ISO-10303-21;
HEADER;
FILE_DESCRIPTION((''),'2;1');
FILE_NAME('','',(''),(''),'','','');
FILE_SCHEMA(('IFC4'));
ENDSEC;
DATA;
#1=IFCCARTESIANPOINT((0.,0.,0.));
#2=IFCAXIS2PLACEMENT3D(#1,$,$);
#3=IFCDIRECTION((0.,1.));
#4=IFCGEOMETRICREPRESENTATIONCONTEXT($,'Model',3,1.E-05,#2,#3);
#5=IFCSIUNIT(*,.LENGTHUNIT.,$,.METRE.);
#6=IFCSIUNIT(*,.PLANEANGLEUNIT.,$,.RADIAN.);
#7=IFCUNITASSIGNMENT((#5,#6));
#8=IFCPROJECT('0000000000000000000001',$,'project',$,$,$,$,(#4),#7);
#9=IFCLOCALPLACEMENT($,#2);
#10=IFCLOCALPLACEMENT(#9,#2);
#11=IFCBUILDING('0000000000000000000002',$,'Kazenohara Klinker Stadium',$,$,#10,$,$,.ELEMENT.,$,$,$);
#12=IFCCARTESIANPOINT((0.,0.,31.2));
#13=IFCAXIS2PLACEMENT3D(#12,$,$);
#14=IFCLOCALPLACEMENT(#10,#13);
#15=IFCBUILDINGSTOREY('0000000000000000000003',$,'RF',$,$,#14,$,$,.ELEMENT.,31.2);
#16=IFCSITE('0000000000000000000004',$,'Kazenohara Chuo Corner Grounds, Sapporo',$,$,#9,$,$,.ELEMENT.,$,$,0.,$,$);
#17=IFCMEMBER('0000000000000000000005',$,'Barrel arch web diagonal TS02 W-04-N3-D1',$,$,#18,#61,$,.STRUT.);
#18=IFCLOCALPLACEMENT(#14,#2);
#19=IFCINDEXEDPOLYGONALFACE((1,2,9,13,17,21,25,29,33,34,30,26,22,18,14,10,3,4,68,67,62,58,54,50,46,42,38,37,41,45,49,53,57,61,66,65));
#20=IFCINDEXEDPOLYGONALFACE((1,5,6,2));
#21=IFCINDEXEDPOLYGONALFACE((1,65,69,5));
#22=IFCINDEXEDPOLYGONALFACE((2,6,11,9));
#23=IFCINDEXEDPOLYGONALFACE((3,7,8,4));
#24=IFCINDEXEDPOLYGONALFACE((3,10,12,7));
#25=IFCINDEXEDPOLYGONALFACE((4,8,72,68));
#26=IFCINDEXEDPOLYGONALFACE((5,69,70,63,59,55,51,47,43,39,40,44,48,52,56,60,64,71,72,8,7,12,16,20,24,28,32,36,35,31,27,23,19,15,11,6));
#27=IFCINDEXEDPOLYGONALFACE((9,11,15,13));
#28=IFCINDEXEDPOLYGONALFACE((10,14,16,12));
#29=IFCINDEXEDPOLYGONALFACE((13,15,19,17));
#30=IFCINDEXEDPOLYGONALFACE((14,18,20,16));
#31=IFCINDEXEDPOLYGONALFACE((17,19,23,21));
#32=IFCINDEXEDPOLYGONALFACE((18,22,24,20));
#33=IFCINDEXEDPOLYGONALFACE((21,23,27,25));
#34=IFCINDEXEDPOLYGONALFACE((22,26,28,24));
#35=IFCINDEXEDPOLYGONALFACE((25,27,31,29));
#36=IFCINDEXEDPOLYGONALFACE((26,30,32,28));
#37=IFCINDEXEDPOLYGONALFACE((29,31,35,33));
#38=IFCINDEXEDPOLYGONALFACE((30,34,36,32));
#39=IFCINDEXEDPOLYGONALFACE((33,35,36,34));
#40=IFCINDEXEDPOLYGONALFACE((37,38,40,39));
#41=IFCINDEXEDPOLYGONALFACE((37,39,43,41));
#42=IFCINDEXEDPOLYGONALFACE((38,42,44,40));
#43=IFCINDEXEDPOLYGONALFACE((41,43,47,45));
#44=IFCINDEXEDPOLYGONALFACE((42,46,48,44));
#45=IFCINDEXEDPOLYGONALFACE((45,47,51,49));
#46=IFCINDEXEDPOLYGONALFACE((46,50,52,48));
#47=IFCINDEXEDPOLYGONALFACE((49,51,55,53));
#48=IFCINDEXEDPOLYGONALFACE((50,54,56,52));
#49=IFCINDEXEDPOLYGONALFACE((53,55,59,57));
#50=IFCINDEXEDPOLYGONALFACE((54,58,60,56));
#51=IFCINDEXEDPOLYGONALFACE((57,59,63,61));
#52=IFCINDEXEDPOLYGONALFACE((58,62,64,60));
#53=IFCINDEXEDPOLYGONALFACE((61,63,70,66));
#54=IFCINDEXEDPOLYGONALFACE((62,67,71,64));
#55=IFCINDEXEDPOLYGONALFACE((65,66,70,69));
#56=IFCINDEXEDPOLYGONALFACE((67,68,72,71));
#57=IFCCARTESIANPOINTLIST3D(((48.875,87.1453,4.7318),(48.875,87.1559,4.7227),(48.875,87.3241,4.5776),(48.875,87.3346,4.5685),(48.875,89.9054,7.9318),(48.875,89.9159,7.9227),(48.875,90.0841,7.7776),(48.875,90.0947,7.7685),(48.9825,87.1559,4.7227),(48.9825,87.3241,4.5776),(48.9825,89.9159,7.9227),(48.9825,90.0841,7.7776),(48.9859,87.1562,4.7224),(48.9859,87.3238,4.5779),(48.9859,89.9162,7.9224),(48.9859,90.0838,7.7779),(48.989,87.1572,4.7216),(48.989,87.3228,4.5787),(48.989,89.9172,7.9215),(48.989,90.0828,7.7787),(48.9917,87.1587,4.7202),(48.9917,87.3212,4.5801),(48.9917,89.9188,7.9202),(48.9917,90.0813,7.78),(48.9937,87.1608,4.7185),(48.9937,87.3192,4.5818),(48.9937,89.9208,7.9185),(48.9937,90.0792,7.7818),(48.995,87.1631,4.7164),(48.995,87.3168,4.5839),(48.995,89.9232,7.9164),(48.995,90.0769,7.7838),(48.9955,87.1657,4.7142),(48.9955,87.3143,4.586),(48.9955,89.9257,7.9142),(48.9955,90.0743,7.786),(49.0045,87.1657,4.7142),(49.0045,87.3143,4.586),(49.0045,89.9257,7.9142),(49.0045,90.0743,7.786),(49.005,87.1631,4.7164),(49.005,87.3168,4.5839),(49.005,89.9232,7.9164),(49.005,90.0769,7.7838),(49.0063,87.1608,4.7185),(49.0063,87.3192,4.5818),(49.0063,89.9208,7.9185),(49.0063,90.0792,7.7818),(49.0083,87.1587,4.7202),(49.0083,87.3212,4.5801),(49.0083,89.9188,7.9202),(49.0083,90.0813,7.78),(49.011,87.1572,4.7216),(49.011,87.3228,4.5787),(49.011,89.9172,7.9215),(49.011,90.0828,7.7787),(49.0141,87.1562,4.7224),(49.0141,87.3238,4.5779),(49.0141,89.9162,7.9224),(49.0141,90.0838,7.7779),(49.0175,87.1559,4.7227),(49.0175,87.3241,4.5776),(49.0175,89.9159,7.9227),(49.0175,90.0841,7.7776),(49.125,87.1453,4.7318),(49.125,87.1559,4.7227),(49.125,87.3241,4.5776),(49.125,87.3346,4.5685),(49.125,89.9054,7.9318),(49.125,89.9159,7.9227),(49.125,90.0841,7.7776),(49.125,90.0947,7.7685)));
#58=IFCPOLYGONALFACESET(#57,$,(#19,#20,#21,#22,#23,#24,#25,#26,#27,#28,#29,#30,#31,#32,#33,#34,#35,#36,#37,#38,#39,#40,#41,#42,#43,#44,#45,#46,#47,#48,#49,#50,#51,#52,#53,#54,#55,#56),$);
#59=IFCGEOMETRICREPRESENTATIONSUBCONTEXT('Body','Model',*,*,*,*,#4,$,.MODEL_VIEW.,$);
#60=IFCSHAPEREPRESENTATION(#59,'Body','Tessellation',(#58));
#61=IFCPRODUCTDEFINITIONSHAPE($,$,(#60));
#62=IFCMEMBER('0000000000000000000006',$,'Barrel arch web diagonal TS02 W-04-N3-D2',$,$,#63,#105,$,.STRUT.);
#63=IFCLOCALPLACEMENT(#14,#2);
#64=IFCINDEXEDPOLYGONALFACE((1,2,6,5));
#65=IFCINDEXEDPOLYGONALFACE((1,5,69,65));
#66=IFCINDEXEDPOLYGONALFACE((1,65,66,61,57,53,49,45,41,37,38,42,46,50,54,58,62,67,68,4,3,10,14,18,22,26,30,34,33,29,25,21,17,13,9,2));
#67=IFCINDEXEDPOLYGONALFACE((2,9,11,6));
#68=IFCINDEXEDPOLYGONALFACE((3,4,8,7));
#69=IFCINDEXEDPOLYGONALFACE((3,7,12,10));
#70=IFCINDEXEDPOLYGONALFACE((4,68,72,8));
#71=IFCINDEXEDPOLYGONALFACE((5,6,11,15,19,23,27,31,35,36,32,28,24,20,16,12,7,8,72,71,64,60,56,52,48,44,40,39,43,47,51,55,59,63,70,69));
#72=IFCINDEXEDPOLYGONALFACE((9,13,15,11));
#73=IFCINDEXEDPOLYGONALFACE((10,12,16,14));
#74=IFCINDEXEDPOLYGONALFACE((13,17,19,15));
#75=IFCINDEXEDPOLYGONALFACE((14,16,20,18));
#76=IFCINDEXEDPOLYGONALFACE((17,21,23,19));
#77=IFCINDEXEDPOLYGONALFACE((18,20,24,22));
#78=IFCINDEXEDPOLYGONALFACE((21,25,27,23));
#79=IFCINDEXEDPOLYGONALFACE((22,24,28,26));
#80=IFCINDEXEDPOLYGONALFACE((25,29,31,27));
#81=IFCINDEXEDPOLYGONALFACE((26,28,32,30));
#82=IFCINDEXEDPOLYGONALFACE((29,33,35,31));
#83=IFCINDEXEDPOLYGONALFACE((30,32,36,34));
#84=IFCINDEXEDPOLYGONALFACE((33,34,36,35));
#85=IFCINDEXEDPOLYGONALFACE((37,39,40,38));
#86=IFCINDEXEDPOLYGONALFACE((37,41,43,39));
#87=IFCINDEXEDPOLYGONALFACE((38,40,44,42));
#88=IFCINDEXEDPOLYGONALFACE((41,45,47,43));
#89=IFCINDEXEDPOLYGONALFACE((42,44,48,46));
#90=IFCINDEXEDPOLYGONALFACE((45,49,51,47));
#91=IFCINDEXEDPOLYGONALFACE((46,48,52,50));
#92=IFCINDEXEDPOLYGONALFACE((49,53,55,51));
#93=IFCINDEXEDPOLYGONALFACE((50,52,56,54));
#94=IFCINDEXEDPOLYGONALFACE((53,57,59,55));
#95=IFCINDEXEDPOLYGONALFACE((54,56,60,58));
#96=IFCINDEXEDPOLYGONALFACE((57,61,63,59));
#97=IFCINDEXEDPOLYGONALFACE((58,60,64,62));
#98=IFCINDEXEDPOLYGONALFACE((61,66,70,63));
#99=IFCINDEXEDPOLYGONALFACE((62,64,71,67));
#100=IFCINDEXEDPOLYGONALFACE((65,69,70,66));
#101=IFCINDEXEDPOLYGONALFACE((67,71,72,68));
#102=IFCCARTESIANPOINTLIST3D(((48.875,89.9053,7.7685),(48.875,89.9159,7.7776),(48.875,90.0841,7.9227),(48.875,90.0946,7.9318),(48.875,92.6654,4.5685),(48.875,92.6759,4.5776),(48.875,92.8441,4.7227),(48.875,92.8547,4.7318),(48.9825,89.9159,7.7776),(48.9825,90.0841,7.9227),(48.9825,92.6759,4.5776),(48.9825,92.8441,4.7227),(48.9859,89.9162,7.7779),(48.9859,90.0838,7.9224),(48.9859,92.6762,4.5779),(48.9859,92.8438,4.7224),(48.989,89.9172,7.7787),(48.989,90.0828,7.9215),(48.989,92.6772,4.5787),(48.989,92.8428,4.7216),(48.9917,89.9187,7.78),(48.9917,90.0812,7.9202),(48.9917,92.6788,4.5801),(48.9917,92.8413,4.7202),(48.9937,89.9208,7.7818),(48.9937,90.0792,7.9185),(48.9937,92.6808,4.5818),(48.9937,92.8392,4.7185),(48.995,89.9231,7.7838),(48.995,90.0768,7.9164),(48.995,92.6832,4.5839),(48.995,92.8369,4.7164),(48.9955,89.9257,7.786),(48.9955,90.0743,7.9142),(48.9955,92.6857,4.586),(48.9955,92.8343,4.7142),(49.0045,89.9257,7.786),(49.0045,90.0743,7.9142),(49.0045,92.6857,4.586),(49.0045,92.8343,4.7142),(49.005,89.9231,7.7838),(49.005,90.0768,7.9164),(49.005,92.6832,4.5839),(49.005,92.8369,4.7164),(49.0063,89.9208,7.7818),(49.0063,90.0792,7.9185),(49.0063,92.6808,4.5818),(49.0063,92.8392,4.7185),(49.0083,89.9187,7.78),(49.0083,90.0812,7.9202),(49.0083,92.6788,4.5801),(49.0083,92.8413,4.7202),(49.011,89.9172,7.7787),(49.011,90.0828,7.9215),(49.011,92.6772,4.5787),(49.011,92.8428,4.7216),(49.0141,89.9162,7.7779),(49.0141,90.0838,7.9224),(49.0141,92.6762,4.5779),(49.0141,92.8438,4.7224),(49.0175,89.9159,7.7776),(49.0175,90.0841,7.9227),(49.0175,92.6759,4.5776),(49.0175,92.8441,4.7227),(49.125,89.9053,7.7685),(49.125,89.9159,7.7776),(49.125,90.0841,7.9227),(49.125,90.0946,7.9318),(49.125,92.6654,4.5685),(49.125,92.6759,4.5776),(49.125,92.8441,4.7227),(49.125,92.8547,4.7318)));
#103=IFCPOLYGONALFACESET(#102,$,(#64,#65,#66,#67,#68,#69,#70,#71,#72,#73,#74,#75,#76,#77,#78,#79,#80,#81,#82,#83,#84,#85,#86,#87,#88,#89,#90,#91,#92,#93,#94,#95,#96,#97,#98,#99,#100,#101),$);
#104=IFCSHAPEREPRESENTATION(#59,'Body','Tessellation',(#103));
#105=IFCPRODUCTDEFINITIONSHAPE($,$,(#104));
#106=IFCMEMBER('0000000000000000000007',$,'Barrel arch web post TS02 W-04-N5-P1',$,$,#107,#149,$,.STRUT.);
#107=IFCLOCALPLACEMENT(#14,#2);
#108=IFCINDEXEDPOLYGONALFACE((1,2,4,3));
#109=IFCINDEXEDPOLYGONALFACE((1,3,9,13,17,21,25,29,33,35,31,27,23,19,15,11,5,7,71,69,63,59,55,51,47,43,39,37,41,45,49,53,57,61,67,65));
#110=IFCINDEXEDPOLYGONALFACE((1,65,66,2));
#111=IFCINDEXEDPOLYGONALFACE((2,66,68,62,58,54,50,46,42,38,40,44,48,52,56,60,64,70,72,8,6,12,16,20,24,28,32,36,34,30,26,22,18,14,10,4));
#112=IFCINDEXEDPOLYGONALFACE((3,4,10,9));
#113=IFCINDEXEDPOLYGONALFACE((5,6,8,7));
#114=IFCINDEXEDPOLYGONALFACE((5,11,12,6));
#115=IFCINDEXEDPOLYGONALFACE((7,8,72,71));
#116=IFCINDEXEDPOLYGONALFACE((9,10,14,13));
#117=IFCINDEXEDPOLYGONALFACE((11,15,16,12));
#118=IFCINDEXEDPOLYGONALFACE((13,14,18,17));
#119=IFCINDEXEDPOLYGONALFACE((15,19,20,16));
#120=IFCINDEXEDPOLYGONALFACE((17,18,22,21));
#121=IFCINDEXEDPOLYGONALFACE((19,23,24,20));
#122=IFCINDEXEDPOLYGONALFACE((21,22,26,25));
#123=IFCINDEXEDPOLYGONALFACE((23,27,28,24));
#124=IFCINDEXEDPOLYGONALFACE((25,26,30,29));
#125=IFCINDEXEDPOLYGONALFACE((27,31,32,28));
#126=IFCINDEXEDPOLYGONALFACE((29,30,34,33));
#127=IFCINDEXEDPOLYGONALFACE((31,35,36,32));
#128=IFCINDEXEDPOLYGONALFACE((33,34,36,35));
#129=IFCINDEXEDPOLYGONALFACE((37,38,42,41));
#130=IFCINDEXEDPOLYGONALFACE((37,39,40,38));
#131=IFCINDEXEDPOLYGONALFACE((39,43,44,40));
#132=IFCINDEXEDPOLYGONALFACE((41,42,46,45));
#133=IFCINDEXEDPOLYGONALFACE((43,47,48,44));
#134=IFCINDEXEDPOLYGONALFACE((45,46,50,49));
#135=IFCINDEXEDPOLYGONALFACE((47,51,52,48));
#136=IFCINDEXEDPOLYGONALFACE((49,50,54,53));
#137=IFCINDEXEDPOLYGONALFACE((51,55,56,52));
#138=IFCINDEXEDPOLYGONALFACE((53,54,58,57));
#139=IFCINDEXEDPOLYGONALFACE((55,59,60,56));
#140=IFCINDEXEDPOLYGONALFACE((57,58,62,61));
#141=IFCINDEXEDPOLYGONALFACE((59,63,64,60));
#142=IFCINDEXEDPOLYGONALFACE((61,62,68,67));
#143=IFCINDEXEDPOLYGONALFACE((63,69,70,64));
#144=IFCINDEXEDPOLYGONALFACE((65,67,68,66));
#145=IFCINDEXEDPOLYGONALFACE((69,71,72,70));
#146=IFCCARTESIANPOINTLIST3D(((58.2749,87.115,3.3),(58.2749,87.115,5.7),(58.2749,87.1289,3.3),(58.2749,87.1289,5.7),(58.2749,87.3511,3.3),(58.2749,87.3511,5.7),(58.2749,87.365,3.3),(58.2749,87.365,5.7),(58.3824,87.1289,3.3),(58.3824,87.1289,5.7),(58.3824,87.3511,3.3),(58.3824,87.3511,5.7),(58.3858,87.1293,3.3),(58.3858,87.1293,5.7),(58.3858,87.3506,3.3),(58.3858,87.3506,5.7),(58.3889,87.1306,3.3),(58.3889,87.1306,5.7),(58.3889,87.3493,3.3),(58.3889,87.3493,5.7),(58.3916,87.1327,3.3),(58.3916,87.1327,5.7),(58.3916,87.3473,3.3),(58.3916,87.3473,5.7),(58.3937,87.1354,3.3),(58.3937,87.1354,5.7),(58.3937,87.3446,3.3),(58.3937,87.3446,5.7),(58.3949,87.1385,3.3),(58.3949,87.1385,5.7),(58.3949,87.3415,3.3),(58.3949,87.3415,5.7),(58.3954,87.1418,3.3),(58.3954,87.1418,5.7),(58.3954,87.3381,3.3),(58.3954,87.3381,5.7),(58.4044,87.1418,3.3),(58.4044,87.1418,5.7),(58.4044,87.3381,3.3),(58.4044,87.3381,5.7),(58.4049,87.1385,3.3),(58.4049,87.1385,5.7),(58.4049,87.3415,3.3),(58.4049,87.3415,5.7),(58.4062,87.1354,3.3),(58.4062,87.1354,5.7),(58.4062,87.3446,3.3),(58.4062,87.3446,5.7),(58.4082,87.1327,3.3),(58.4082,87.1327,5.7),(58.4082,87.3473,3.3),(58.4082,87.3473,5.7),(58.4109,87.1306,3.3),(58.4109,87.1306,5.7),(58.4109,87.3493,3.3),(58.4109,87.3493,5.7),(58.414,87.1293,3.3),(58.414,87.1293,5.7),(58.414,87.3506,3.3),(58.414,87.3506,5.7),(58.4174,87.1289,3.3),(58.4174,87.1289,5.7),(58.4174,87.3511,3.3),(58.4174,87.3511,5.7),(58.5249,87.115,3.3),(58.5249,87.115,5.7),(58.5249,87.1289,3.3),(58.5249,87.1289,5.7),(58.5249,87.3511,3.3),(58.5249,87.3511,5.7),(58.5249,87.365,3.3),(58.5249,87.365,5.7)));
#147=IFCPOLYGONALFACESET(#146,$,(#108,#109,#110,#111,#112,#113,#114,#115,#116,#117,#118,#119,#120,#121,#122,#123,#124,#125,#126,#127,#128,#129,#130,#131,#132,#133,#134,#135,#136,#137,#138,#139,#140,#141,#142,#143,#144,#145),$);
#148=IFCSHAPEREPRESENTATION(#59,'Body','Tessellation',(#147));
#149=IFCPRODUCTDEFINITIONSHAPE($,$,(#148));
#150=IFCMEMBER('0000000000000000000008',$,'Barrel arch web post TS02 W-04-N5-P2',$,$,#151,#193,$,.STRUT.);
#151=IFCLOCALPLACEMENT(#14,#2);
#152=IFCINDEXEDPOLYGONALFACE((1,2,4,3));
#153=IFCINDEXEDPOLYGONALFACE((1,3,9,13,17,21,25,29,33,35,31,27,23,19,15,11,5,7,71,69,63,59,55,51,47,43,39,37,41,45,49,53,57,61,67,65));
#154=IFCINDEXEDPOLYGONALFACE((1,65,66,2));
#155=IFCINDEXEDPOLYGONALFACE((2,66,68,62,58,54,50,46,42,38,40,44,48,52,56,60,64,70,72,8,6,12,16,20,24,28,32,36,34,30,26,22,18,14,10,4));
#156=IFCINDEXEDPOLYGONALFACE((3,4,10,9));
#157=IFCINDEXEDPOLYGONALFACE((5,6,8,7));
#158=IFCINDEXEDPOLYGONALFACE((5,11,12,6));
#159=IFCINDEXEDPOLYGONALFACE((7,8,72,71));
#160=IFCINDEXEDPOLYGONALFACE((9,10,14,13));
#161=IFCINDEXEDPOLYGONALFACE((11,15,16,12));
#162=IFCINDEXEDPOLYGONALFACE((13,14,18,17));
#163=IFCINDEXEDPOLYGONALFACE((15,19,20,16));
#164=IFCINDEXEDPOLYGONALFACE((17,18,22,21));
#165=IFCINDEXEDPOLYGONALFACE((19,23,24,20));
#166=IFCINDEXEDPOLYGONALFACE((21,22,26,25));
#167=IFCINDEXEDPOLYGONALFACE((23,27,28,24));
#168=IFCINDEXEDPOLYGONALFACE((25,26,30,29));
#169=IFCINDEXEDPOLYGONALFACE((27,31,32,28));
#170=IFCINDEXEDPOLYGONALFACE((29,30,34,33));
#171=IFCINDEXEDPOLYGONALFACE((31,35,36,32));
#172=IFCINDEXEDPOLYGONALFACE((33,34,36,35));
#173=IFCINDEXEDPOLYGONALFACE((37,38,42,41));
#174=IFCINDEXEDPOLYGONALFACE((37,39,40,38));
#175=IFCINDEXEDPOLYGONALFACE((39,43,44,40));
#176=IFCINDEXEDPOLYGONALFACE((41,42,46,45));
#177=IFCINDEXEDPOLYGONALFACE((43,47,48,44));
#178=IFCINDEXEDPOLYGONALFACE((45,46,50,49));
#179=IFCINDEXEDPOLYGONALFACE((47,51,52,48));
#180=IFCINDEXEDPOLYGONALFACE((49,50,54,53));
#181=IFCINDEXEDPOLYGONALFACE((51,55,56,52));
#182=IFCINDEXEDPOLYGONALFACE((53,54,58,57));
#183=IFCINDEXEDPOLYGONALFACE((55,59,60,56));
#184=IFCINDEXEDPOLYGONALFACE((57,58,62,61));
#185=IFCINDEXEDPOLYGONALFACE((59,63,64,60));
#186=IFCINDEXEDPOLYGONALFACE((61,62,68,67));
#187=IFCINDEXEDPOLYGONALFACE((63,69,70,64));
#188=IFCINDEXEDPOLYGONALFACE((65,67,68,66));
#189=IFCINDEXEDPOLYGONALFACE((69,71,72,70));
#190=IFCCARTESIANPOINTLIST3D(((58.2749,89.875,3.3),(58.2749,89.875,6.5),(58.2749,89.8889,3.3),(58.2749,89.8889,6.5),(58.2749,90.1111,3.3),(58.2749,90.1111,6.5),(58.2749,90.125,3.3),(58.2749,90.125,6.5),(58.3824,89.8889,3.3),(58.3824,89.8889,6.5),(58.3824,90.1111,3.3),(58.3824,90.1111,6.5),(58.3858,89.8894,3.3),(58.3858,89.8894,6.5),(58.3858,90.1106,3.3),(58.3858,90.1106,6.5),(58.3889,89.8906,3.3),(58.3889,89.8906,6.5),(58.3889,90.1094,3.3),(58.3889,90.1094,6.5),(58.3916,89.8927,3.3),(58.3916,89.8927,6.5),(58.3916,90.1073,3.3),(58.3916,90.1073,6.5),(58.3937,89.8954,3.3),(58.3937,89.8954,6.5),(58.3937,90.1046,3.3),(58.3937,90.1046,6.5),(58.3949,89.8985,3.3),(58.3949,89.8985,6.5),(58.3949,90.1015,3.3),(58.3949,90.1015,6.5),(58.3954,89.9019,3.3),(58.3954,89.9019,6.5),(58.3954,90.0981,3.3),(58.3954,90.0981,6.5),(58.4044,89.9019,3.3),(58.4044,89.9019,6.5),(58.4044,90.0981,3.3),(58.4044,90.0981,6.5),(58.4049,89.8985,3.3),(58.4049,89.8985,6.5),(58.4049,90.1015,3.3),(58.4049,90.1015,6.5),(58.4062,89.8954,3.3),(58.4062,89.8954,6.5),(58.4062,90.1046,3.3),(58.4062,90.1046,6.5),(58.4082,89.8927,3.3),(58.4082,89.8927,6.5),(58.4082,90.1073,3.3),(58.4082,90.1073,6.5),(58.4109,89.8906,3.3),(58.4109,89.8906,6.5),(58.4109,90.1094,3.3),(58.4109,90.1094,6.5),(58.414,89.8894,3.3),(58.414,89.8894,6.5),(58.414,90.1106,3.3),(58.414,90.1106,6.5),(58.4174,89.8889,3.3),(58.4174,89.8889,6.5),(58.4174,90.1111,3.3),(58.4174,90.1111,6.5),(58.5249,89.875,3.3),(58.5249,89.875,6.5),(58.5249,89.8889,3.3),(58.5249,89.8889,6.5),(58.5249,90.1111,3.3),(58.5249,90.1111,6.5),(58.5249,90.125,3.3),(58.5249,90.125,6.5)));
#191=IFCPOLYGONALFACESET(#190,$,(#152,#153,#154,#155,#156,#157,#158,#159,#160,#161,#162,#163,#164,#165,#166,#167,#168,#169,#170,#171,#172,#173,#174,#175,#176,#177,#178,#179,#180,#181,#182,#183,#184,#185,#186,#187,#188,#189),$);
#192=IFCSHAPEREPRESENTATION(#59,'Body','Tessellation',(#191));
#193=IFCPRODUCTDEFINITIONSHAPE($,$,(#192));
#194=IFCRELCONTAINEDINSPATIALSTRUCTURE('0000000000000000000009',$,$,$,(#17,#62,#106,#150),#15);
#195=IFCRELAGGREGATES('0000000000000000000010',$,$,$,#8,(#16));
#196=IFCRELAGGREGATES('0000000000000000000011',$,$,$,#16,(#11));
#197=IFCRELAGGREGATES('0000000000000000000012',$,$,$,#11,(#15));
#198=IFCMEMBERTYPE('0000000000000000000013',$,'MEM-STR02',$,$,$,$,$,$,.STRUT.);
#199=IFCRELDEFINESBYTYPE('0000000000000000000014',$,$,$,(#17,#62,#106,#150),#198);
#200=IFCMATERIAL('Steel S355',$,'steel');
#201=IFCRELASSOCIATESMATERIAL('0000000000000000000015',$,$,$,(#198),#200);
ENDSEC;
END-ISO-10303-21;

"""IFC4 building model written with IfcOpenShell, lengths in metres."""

from ifc_helpers import new_model, si_unit, direction, frame, origin, origin_2d, place, context, subcontext, project, spatial, i_section, extrude, material, material_profile, profile_set, type_object, element, save


model = new_model("IFC4")

# Units and contexts
model_context = context("Model", 3, precision=1e-05, world=origin(), true_north=direction((0.0, 1.0)))
body_context = subcontext(model_context, "Body", "Model", "MODEL_VIEW")
ifc_project = project(units=[si_unit("LENGTHUNIT", "METRE"), si_unit("PLANEANGLEUNIT", "RADIAN")], contexts=[model_context])

# Site, building, storey
site_placement = place(None, origin())
site = spatial("IfcSite", under=ifc_project, at=site_placement, Name="Kazenohara Chuo Corner Grounds, Sapporo", CompositionType="ELEMENT", RefElevation=0.0)
building_placement = place(site_placement, origin())
building = spatial("IfcBuilding", under=site, at=building_placement, Name="Kazenohara Klinker Stadium", CompositionType="ELEMENT")
storey_placement = place(building_placement, frame((0.0, 0.0, 31.2)))
storey = spatial("IfcBuildingStorey", under=building, at=storey_placement, Name="RF", CompositionType="ELEMENT", Elevation=31.2)

# Members
ifc_material_1 = material(Name="Steel S355", Category="steel")
ifc_material_profile_1 = material_profile(ifc_material_1, i_section(OverallWidth=0.25, OverallDepth=0.25, WebThickness=0.009, FlangeThickness=0.0139, FilletRadius=0.0129, at=origin_2d()), Name="H-250x250x9x14")
ifc_profile_set_1 = profile_set([ifc_material_profile_1], Name="Steel S355")
member_type_1 = type_object("IfcMemberType", Name="MEM-STR02", PredefinedType="STRUT", material=ifc_profile_set_1)
for number, where, z_axis, x_axis, name in (
    (1, (49.0, 87.24, 4.6501), (0.0, 0.653134, 0.757242), (-1.0, 0.0, 0.0), "Barrel arch web diagonal TS02 W-04-N3-D1"),
    (2, (49.0, 92.76, 4.6501), (0.0, -0.653134, 0.757242), (1.0, 0.0, 0.0), "Barrel arch web diagonal TS02 W-04-N3-D2"),
):
    element("IfcMember", number, at=place(storey_placement, frame(where, z_axis=z_axis, x_axis=x_axis)), inside=storey, type_object=member_type_1, Name=name, PredefinedType="STRUT", context=body_context, shape_type="SweptSolid", body=[
        extrude(i_section(OverallWidth=0.25, OverallDepth=0.25, WebThickness=0.009, FlangeThickness=0.0139, FilletRadius=0.0129, at=origin_2d()), origin(), (0.0, 0.0, 1.0), 4.2258),
    ])
member_1_placement = place(storey_placement, frame((58.3999, 87.24, 3.3), z_axis=(0.0, 0.0, 1.0), x_axis=(1.0, 0.0, 0.0)))
element("IfcMember", 3, at=member_1_placement, inside=storey, type_object=member_type_1, Name="Barrel arch web post TS02 W-04-N5-P1", PredefinedType="STRUT", context=body_context, shape_type="SweptSolid", body=[
    extrude(i_section(OverallWidth=0.25, OverallDepth=0.25, WebThickness=0.009, FlangeThickness=0.0139, FilletRadius=0.0129, at=origin_2d()), origin(), (0.0, 0.0, 1.0), 2.3999),
])
member_2_placement = place(storey_placement, frame((58.3999, 90.0, 3.3), z_axis=(0.0, 0.0, 1.0), x_axis=(1.0, 0.0, 0.0)))
element("IfcMember", 4, at=member_2_placement, inside=storey, type_object=member_type_1, Name="Barrel arch web post TS02 W-04-N5-P2", PredefinedType="STRUT", context=body_context, shape_type="SweptSolid", body=[
    extrude(i_section(OverallWidth=0.25, OverallDepth=0.25, WebThickness=0.009, FlangeThickness=0.0139, FilletRadius=0.0129, at=origin_2d()), origin(), (0.0, 0.0, 1.0), 3.2),
])

save(model, "model.ifc")
